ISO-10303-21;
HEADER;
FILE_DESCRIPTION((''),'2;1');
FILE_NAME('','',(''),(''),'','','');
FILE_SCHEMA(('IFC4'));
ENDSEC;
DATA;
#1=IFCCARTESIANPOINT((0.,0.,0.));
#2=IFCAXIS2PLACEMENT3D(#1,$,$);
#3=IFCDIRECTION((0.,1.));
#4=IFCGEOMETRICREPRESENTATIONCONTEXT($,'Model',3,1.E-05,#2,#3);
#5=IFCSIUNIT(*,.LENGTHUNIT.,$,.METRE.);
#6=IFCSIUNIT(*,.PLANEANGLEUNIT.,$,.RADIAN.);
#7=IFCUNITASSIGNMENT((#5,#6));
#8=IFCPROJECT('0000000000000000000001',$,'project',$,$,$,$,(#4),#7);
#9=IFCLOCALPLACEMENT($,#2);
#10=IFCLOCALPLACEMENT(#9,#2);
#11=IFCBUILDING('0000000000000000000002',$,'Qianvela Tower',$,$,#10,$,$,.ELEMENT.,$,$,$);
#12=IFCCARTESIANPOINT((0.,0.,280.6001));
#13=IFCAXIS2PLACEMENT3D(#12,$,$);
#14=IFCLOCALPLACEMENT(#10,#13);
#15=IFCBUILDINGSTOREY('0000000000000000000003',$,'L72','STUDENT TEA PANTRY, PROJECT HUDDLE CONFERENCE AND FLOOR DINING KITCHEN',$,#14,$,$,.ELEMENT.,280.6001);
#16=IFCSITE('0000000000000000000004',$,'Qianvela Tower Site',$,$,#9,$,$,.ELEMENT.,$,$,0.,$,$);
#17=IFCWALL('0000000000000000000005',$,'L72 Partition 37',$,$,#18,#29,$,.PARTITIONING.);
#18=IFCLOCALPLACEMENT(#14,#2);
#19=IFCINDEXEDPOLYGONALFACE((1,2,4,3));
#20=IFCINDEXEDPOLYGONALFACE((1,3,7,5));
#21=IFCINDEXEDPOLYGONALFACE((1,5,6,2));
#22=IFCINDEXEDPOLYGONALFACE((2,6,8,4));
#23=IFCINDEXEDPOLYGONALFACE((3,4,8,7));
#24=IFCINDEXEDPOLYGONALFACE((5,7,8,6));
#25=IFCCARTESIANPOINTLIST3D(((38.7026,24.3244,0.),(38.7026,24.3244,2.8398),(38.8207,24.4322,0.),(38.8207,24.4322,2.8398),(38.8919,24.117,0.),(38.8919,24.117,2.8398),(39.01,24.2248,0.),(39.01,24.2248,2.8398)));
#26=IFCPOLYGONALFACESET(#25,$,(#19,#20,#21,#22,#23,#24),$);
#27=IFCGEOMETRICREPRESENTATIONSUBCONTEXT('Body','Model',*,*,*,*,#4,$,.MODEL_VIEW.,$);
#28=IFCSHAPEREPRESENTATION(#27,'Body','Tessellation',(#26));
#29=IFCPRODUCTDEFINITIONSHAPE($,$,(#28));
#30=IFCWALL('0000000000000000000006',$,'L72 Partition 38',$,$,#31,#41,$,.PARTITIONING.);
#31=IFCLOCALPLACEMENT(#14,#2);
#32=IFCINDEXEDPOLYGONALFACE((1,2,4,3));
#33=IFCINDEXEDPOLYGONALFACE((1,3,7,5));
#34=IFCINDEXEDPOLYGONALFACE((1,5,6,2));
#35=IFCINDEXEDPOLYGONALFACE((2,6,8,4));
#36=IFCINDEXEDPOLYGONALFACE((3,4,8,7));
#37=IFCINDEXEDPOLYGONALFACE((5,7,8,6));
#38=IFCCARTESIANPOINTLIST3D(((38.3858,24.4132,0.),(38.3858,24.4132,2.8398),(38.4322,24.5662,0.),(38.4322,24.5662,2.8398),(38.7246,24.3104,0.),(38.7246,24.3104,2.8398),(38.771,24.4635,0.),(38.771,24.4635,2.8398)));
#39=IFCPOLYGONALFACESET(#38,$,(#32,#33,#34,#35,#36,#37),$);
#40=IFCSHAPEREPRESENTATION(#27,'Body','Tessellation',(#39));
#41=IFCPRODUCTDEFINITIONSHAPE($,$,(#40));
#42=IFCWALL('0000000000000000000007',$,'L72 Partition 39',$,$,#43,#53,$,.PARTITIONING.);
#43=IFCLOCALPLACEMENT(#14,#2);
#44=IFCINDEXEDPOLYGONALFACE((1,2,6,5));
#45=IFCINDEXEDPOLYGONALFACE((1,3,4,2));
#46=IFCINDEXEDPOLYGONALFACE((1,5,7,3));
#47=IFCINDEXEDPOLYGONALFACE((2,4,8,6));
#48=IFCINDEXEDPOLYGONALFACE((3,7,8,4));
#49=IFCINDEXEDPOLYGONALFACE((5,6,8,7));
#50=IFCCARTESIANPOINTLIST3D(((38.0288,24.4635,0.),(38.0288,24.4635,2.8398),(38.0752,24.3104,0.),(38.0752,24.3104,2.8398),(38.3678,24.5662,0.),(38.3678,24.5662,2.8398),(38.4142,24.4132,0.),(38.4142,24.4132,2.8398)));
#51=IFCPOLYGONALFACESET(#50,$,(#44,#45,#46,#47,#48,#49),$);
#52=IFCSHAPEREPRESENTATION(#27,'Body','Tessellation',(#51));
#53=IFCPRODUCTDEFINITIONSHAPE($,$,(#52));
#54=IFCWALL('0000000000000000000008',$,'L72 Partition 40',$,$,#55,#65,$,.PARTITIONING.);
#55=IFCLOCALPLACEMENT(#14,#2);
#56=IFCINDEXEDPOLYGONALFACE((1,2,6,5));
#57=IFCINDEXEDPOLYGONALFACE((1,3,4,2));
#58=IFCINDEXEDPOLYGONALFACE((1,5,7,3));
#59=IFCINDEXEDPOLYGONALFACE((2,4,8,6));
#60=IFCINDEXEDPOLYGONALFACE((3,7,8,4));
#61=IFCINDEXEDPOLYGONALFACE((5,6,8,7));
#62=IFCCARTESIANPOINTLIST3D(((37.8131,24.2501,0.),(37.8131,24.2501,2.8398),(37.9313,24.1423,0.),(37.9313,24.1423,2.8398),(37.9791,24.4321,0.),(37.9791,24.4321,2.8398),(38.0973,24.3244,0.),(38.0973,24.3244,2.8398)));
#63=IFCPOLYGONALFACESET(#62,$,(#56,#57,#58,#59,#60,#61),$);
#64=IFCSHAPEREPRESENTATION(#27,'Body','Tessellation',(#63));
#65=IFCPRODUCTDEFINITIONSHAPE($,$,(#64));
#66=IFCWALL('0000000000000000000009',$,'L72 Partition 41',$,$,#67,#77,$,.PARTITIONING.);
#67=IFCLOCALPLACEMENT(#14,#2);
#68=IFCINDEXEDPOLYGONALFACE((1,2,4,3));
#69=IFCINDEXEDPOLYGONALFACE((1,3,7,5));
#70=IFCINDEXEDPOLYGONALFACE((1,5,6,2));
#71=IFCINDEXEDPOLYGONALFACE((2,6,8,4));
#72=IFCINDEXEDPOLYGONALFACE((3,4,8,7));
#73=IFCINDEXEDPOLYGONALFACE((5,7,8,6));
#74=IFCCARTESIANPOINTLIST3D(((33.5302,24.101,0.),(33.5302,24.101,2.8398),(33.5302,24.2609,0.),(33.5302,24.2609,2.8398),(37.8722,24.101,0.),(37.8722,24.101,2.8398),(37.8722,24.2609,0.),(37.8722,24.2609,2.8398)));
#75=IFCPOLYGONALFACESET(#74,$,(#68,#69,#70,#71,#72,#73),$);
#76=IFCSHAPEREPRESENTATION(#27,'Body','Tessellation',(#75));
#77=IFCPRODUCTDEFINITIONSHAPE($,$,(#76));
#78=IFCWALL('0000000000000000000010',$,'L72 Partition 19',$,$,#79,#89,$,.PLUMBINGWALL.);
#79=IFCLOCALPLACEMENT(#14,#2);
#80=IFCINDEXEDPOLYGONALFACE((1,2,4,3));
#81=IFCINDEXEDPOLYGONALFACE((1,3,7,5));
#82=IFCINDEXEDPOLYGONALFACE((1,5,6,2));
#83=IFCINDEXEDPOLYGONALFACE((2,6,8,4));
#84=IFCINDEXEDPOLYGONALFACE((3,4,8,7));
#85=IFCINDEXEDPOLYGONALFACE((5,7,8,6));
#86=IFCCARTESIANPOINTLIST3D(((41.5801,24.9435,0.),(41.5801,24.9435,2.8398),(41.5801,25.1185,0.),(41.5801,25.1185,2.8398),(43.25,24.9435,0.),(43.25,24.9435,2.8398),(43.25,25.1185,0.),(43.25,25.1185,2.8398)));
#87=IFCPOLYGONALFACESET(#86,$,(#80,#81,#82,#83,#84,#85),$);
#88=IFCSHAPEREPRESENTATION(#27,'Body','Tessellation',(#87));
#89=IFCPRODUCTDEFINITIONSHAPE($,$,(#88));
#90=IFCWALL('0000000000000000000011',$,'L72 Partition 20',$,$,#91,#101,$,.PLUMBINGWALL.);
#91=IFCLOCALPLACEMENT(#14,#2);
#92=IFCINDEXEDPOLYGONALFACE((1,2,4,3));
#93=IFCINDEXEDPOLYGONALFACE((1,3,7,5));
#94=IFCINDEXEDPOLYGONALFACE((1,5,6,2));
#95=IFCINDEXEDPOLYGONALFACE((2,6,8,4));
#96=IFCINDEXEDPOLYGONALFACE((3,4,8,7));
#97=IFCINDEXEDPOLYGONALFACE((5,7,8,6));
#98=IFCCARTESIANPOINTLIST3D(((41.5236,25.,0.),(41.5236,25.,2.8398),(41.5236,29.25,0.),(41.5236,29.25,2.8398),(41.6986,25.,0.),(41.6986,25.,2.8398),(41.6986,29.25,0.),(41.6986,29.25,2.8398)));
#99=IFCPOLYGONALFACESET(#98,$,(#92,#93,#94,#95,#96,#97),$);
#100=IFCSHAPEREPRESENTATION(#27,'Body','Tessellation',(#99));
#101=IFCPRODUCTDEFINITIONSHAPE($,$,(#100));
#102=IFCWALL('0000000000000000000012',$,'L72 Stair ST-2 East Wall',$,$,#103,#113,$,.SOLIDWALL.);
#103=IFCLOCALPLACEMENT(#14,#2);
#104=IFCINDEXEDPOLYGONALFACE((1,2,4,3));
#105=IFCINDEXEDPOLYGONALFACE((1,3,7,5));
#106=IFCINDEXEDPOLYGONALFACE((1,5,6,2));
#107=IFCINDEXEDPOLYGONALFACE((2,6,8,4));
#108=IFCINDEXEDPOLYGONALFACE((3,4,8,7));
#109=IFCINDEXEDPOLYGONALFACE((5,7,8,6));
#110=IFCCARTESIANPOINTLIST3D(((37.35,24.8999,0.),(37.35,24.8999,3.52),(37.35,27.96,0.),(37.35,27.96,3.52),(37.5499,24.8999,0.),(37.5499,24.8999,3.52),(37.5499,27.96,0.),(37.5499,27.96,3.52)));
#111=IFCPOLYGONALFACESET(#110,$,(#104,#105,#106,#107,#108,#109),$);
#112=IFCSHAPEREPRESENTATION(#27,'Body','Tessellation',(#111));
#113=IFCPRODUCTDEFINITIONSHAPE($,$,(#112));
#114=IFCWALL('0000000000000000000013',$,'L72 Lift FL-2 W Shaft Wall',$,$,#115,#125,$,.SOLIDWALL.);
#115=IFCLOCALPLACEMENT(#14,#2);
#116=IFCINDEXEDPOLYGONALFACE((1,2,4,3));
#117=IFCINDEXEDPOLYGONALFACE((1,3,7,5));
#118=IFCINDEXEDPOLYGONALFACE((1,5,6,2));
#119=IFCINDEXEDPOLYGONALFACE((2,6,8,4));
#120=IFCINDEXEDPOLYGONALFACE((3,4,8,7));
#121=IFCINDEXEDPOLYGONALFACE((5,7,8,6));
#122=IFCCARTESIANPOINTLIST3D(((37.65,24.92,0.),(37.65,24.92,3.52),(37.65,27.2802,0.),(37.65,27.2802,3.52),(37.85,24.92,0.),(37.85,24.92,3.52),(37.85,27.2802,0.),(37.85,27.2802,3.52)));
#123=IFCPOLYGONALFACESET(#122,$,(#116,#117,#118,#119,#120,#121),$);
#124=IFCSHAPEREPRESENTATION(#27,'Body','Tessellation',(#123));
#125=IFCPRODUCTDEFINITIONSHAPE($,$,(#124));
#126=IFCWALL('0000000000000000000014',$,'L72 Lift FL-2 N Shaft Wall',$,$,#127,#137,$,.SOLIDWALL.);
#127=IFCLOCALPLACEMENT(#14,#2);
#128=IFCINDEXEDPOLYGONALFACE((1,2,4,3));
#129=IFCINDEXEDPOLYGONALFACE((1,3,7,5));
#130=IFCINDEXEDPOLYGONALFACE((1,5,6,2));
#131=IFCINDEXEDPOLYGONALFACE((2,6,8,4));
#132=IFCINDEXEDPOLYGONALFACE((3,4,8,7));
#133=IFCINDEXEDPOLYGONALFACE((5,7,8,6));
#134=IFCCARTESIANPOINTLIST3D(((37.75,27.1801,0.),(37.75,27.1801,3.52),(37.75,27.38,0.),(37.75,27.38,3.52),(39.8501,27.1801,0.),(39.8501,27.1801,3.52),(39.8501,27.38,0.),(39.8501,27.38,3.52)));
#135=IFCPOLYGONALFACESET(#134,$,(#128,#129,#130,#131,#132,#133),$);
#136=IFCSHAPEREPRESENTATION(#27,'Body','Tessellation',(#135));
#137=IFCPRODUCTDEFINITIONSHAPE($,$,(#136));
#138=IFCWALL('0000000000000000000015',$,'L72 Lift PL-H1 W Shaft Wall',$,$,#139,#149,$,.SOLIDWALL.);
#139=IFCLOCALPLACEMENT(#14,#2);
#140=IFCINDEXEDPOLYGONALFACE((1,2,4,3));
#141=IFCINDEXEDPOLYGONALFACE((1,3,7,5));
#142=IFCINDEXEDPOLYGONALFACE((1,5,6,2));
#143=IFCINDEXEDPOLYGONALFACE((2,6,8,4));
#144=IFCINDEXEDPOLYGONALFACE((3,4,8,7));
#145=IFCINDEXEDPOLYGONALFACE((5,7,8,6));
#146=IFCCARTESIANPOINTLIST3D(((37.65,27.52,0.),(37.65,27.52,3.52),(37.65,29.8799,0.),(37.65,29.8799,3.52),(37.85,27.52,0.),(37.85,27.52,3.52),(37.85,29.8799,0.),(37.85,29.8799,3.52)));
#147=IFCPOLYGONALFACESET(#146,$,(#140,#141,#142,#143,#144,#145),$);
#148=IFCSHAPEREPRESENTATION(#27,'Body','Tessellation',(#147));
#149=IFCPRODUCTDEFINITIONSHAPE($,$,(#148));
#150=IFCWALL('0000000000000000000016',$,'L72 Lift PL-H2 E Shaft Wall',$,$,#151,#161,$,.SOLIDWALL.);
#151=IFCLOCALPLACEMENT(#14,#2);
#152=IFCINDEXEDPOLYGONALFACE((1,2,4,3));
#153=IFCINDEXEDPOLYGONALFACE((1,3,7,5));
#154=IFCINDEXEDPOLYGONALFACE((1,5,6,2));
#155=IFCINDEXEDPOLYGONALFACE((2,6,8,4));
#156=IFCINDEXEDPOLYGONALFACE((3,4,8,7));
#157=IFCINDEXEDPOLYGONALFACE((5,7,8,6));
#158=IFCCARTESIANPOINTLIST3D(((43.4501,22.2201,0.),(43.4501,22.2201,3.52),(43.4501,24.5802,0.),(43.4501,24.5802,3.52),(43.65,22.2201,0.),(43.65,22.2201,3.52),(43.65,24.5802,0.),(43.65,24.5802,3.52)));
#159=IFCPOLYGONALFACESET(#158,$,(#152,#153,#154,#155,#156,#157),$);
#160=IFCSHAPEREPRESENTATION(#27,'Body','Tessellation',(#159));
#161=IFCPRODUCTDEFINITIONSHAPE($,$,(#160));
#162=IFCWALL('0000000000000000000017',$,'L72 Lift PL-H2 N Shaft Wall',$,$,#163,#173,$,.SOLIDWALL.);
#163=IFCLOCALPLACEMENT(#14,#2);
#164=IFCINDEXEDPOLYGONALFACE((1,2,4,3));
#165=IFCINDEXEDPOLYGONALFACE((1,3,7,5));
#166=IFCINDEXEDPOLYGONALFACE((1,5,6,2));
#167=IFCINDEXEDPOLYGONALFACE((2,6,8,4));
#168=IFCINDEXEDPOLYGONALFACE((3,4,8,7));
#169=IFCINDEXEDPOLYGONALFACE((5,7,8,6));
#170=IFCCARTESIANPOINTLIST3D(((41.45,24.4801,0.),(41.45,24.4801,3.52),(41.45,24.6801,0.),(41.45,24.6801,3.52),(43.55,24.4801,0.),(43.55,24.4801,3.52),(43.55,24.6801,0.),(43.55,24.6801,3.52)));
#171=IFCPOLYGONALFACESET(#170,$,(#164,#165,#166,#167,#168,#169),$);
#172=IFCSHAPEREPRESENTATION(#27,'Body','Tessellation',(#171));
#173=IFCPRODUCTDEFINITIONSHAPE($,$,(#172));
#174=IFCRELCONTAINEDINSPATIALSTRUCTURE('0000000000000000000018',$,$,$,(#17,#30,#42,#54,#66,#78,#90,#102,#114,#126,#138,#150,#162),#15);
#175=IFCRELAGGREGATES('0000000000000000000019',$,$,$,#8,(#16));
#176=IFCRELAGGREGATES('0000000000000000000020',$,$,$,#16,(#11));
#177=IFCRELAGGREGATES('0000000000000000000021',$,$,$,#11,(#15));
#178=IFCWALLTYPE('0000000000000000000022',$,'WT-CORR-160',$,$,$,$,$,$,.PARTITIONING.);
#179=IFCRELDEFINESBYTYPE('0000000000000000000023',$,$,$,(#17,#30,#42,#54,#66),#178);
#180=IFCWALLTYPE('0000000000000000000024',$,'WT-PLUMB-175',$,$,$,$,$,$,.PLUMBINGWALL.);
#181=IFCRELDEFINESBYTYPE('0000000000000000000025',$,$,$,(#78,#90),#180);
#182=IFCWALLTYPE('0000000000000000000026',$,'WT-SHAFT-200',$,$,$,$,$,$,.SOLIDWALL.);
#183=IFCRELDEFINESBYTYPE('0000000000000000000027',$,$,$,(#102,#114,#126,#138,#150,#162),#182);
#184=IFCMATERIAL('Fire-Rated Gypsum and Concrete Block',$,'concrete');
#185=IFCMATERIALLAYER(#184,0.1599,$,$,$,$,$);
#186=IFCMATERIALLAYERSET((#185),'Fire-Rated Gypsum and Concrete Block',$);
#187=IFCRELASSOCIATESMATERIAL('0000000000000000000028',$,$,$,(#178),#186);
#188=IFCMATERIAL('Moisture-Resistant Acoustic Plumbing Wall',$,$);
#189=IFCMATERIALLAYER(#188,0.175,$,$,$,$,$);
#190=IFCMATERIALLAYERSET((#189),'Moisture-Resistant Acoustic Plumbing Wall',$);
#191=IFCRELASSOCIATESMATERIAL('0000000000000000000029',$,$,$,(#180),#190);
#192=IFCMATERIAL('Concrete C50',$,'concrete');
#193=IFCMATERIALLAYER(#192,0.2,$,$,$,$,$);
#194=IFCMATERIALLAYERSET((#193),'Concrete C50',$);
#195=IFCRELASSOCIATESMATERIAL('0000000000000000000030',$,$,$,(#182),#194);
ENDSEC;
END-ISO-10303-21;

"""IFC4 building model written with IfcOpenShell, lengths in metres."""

from ifc_helpers import new_model, si_unit, direction, frame, frame_2d, origin, place, context, subcontext, project, spatial, rectangle, extrude, material, layer, layer_set, type_object, element, save


model = new_model("IFC4")

# Units and contexts
model_context = context("Model", 3, precision=1e-05, world=origin(), true_north=direction((0.0, 1.0)))
body_context = subcontext(model_context, "Body", "Model", "MODEL_VIEW")
ifc_project = project(units=[si_unit("LENGTHUNIT", "METRE"), si_unit("PLANEANGLEUNIT", "RADIAN")], contexts=[model_context])

# Site, building, storey
site_placement = place(None, origin())
site = spatial("IfcSite", under=ifc_project, at=site_placement, Name="Qianvela Tower Site", CompositionType="ELEMENT", RefElevation=0.0)
building_placement = place(site_placement, origin())
building = spatial("IfcBuilding", under=site, at=building_placement, Name="Qianvela Tower", CompositionType="ELEMENT")
storey_placement = place(building_placement, frame((0.0, 0.0, 280.6001)))
storey = spatial("IfcBuildingStorey", under=building, at=storey_placement, Name="L72", Description="STUDENT TEA PANTRY, PROJECT HUDDLE CONFERENCE AND FLOOR DINING KITCHEN", CompositionType="ELEMENT", Elevation=280.6001)

# Walls
ifc_material_1 = material(Name="Fire-Rated Gypsum and Concrete Block", Category="concrete")
ifc_layer_1 = layer(ifc_material_1, 0.1599)
ifc_layer_set_1 = layer_set([ifc_layer_1], Name="Fire-Rated Gypsum and Concrete Block")
wall_type_1 = type_object("IfcWallType", Name="WT-CORR-160", PredefinedType="PARTITIONING", material=ifc_layer_set_1)
wall_1_placement = place(storey_placement, frame((38.9509, 24.1709, 0.0), z_axis=(0.0, 0.0, 1.0), x_axis=(-0.674187, 0.738561, 0.0)))
element("IfcWall", 1, at=wall_1_placement, inside=storey, type_object=wall_type_1, Name="L72 Partition 37", PredefinedType="PARTITIONING", context=body_context, shape_type="SweptSolid", body=[
    extrude(rectangle(XDim=0.2808, YDim=0.1599, at=frame_2d((0.1404, 0.0))), origin(), (0.0, 0.0, 1.0), 2.8398),
])
wall_2_placement = place(storey_placement, frame((38.7478, 24.387, 0.0), z_axis=(0.0, 0.0, 1.0), x_axis=(-0.956949, 0.290256, 0.0)))
element("IfcWall", 2, at=wall_2_placement, inside=storey, type_object=wall_type_1, Name="L72 Partition 38", PredefinedType="PARTITIONING", context=body_context, shape_type="SweptSolid", body=[
    extrude(rectangle(XDim=0.354, YDim=0.1599, at=frame_2d((0.177, 0.0))), origin(), (0.0, 0.0, 1.0), 2.8398),
])
wall_3_placement = place(storey_placement, frame((38.3911, 24.4897, 0.0), z_axis=(0.0, 0.0, 1.0), x_axis=(-0.957007, -0.290065, 0.0)))
element("IfcWall", 3, at=wall_3_placement, inside=storey, type_object=wall_type_1, Name="L72 Partition 39", PredefinedType="PARTITIONING", context=body_context, shape_type="SweptSolid", body=[
    extrude(rectangle(XDim=0.3542, YDim=0.1599, at=frame_2d((0.1772, 0.0))), origin(), (0.0, 0.0, 1.0), 2.8398),
])
wall_4_placement = place(storey_placement, frame((38.0381, 24.3782, 0.0), z_axis=(0.0, 0.0, 1.0), x_axis=(-0.673658, -0.739043, 0.0)))
element("IfcWall", 4, at=wall_4_placement, inside=storey, type_object=wall_type_1, Name="L72 Partition 40", PredefinedType="PARTITIONING", context=body_context, shape_type="SweptSolid", body=[
    extrude(rectangle(XDim=0.2463, YDim=0.1599, at=frame_2d((0.123, 0.0))), origin(), (0.0, 0.0, 1.0), 2.8398),
])
wall_5_placement = place(storey_placement, frame((37.8721, 24.1809, 0.0), z_axis=(0.0, 0.0, 1.0), x_axis=(-1.0, 0.0, 0.0)))
element("IfcWall", 5, at=wall_5_placement, inside=storey, type_object=wall_type_1, Name="L72 Partition 41", PredefinedType="PARTITIONING", context=body_context, shape_type="SweptSolid", body=[
    extrude(rectangle(XDim=4.342, YDim=0.1599, at=frame_2d((2.1709, 0.0))), origin(), (0.0, 0.0, 1.0), 2.8398),
])
ifc_material_2 = material(Name="Moisture-Resistant Acoustic Plumbing Wall")
ifc_layer_2 = layer(ifc_material_2, 0.175)
ifc_layer_set_2 = layer_set([ifc_layer_2], Name="Moisture-Resistant Acoustic Plumbing Wall")
wall_type_2 = type_object("IfcWallType", Name="WT-PLUMB-175", PredefinedType="PLUMBINGWALL", material=ifc_layer_set_2)
wall_6_placement = place(storey_placement, frame((43.25, 25.031, 0.0), z_axis=(0.0, 0.0, 1.0), x_axis=(-1.0, 0.0, 0.0)))
element("IfcWall", 6, at=wall_6_placement, inside=storey, type_object=wall_type_2, Name="L72 Partition 19", PredefinedType="PLUMBINGWALL", context=body_context, shape_type="SweptSolid", body=[
    extrude(rectangle(XDim=1.6699, YDim=0.175, at=frame_2d((0.835, 0.0))), origin(), (0.0, 0.0, 1.0), 2.8398),
])
wall_7_placement = place(storey_placement, frame((41.6111, 25.0, 0.0), z_axis=(0.0, 0.0, 1.0), x_axis=(0.0, 1.0, 0.0)))
element("IfcWall", 7, at=wall_7_placement, inside=storey, type_object=wall_type_2, Name="L72 Partition 20", PredefinedType="PLUMBINGWALL", context=body_context, shape_type="SweptSolid", body=[
    extrude(rectangle(XDim=4.25, YDim=0.175, at=frame_2d((2.125, 0.0))), origin(), (0.0, 0.0, 1.0), 2.8398),
])
ifc_material_3 = material(Name="Concrete C50", Category="concrete")
ifc_layer_3 = layer(ifc_material_3, 0.2)
ifc_layer_set_3 = layer_set([ifc_layer_3], Name="Concrete C50")
wall_type_3 = type_object("IfcWallType", Name="WT-SHAFT-200", PredefinedType="SOLIDWALL", material=ifc_layer_set_3)
wall_8_placement = place(storey_placement, frame((37.45, 24.8999, 0.0), z_axis=(0.0, 0.0, 1.0), x_axis=(0.0, 1.0, 0.0)))
element("IfcWall", 8, at=wall_8_placement, inside=storey, type_object=wall_type_3, Name="L72 Stair ST-2 East Wall", PredefinedType="SOLIDWALL", context=body_context, shape_type="SweptSolid", body=[
    extrude(rectangle(XDim=3.0601, YDim=0.2, at=frame_2d((1.53, 0.0))), origin(), (0.0, 0.0, 1.0), 3.52),
])

# Walls
wall_9_placement = place(storey_placement, frame((37.75, 24.9199, 0.0), z_axis=(0.0, 0.0, 1.0), x_axis=(0.0, 1.0, 0.0)))
element("IfcWall", 9, at=wall_9_placement, inside=storey, type_object=wall_type_3, Name="L72 Lift FL-2 W Shaft Wall", PredefinedType="SOLIDWALL", context=body_context, shape_type="SweptSolid", body=[
    extrude(rectangle(XDim=2.3601, YDim=0.2, at=frame_2d((1.1802, 0.0))), origin(), (0.0, 0.0, 1.0), 3.52),
])
wall_10_placement = place(storey_placement, frame((37.75, 27.28, 0.0), z_axis=(0.0, 0.0, 1.0), x_axis=(1.0, 0.0, 0.0)))
element("IfcWall", 10, at=wall_10_placement, inside=storey, type_object=wall_type_3, Name="L72 Lift FL-2 N Shaft Wall", PredefinedType="SOLIDWALL", context=body_context, shape_type="SweptSolid", body=[
    extrude(rectangle(XDim=2.1001, YDim=0.2, at=frame_2d((1.05, 0.0))), origin(), (0.0, 0.0, 1.0), 3.52),
])

# Walls
wall_11_placement = place(storey_placement, frame((37.75, 27.52, 0.0), z_axis=(0.0, 0.0, 1.0), x_axis=(0.0, 1.0, 0.0)))
element("IfcWall", 11, at=wall_11_placement, inside=storey, type_object=wall_type_3, Name="L72 Lift PL-H1 W Shaft Wall", PredefinedType="SOLIDWALL", context=body_context, shape_type="SweptSolid", body=[
    extrude(rectangle(XDim=2.3599, YDim=0.2, at=frame_2d((1.1799, 0.0))), origin(), (0.0, 0.0, 1.0), 3.52),
])
wall_12_placement = place(storey_placement, frame((43.55, 22.22, 0.0), z_axis=(0.0, 0.0, 1.0), x_axis=(0.0, 1.0, 0.0)))
element("IfcWall", 12, at=wall_12_placement, inside=storey, type_object=wall_type_3, Name="L72 Lift PL-H2 E Shaft Wall", PredefinedType="SOLIDWALL", context=body_context, shape_type="SweptSolid", body=[
    extrude(rectangle(XDim=2.3601, YDim=0.2, at=frame_2d((1.1802, 0.0))), origin(), (0.0, 0.0, 1.0), 3.52),
])
wall_13_placement = place(storey_placement, frame((41.45, 24.5801, 0.0), z_axis=(0.0, 0.0, 1.0), x_axis=(1.0, 0.0, 0.0)))
element("IfcWall", 13, at=wall_13_placement, inside=storey, type_object=wall_type_3, Name="L72 Lift PL-H2 N Shaft Wall", PredefinedType="SOLIDWALL", context=body_context, shape_type="SweptSolid", body=[
    extrude(rectangle(XDim=2.1001, YDim=0.2, at=frame_2d((1.05, 0.0))), origin(), (0.0, 0.0, 1.0), 3.52),
])

save(model, "model.ifc")
